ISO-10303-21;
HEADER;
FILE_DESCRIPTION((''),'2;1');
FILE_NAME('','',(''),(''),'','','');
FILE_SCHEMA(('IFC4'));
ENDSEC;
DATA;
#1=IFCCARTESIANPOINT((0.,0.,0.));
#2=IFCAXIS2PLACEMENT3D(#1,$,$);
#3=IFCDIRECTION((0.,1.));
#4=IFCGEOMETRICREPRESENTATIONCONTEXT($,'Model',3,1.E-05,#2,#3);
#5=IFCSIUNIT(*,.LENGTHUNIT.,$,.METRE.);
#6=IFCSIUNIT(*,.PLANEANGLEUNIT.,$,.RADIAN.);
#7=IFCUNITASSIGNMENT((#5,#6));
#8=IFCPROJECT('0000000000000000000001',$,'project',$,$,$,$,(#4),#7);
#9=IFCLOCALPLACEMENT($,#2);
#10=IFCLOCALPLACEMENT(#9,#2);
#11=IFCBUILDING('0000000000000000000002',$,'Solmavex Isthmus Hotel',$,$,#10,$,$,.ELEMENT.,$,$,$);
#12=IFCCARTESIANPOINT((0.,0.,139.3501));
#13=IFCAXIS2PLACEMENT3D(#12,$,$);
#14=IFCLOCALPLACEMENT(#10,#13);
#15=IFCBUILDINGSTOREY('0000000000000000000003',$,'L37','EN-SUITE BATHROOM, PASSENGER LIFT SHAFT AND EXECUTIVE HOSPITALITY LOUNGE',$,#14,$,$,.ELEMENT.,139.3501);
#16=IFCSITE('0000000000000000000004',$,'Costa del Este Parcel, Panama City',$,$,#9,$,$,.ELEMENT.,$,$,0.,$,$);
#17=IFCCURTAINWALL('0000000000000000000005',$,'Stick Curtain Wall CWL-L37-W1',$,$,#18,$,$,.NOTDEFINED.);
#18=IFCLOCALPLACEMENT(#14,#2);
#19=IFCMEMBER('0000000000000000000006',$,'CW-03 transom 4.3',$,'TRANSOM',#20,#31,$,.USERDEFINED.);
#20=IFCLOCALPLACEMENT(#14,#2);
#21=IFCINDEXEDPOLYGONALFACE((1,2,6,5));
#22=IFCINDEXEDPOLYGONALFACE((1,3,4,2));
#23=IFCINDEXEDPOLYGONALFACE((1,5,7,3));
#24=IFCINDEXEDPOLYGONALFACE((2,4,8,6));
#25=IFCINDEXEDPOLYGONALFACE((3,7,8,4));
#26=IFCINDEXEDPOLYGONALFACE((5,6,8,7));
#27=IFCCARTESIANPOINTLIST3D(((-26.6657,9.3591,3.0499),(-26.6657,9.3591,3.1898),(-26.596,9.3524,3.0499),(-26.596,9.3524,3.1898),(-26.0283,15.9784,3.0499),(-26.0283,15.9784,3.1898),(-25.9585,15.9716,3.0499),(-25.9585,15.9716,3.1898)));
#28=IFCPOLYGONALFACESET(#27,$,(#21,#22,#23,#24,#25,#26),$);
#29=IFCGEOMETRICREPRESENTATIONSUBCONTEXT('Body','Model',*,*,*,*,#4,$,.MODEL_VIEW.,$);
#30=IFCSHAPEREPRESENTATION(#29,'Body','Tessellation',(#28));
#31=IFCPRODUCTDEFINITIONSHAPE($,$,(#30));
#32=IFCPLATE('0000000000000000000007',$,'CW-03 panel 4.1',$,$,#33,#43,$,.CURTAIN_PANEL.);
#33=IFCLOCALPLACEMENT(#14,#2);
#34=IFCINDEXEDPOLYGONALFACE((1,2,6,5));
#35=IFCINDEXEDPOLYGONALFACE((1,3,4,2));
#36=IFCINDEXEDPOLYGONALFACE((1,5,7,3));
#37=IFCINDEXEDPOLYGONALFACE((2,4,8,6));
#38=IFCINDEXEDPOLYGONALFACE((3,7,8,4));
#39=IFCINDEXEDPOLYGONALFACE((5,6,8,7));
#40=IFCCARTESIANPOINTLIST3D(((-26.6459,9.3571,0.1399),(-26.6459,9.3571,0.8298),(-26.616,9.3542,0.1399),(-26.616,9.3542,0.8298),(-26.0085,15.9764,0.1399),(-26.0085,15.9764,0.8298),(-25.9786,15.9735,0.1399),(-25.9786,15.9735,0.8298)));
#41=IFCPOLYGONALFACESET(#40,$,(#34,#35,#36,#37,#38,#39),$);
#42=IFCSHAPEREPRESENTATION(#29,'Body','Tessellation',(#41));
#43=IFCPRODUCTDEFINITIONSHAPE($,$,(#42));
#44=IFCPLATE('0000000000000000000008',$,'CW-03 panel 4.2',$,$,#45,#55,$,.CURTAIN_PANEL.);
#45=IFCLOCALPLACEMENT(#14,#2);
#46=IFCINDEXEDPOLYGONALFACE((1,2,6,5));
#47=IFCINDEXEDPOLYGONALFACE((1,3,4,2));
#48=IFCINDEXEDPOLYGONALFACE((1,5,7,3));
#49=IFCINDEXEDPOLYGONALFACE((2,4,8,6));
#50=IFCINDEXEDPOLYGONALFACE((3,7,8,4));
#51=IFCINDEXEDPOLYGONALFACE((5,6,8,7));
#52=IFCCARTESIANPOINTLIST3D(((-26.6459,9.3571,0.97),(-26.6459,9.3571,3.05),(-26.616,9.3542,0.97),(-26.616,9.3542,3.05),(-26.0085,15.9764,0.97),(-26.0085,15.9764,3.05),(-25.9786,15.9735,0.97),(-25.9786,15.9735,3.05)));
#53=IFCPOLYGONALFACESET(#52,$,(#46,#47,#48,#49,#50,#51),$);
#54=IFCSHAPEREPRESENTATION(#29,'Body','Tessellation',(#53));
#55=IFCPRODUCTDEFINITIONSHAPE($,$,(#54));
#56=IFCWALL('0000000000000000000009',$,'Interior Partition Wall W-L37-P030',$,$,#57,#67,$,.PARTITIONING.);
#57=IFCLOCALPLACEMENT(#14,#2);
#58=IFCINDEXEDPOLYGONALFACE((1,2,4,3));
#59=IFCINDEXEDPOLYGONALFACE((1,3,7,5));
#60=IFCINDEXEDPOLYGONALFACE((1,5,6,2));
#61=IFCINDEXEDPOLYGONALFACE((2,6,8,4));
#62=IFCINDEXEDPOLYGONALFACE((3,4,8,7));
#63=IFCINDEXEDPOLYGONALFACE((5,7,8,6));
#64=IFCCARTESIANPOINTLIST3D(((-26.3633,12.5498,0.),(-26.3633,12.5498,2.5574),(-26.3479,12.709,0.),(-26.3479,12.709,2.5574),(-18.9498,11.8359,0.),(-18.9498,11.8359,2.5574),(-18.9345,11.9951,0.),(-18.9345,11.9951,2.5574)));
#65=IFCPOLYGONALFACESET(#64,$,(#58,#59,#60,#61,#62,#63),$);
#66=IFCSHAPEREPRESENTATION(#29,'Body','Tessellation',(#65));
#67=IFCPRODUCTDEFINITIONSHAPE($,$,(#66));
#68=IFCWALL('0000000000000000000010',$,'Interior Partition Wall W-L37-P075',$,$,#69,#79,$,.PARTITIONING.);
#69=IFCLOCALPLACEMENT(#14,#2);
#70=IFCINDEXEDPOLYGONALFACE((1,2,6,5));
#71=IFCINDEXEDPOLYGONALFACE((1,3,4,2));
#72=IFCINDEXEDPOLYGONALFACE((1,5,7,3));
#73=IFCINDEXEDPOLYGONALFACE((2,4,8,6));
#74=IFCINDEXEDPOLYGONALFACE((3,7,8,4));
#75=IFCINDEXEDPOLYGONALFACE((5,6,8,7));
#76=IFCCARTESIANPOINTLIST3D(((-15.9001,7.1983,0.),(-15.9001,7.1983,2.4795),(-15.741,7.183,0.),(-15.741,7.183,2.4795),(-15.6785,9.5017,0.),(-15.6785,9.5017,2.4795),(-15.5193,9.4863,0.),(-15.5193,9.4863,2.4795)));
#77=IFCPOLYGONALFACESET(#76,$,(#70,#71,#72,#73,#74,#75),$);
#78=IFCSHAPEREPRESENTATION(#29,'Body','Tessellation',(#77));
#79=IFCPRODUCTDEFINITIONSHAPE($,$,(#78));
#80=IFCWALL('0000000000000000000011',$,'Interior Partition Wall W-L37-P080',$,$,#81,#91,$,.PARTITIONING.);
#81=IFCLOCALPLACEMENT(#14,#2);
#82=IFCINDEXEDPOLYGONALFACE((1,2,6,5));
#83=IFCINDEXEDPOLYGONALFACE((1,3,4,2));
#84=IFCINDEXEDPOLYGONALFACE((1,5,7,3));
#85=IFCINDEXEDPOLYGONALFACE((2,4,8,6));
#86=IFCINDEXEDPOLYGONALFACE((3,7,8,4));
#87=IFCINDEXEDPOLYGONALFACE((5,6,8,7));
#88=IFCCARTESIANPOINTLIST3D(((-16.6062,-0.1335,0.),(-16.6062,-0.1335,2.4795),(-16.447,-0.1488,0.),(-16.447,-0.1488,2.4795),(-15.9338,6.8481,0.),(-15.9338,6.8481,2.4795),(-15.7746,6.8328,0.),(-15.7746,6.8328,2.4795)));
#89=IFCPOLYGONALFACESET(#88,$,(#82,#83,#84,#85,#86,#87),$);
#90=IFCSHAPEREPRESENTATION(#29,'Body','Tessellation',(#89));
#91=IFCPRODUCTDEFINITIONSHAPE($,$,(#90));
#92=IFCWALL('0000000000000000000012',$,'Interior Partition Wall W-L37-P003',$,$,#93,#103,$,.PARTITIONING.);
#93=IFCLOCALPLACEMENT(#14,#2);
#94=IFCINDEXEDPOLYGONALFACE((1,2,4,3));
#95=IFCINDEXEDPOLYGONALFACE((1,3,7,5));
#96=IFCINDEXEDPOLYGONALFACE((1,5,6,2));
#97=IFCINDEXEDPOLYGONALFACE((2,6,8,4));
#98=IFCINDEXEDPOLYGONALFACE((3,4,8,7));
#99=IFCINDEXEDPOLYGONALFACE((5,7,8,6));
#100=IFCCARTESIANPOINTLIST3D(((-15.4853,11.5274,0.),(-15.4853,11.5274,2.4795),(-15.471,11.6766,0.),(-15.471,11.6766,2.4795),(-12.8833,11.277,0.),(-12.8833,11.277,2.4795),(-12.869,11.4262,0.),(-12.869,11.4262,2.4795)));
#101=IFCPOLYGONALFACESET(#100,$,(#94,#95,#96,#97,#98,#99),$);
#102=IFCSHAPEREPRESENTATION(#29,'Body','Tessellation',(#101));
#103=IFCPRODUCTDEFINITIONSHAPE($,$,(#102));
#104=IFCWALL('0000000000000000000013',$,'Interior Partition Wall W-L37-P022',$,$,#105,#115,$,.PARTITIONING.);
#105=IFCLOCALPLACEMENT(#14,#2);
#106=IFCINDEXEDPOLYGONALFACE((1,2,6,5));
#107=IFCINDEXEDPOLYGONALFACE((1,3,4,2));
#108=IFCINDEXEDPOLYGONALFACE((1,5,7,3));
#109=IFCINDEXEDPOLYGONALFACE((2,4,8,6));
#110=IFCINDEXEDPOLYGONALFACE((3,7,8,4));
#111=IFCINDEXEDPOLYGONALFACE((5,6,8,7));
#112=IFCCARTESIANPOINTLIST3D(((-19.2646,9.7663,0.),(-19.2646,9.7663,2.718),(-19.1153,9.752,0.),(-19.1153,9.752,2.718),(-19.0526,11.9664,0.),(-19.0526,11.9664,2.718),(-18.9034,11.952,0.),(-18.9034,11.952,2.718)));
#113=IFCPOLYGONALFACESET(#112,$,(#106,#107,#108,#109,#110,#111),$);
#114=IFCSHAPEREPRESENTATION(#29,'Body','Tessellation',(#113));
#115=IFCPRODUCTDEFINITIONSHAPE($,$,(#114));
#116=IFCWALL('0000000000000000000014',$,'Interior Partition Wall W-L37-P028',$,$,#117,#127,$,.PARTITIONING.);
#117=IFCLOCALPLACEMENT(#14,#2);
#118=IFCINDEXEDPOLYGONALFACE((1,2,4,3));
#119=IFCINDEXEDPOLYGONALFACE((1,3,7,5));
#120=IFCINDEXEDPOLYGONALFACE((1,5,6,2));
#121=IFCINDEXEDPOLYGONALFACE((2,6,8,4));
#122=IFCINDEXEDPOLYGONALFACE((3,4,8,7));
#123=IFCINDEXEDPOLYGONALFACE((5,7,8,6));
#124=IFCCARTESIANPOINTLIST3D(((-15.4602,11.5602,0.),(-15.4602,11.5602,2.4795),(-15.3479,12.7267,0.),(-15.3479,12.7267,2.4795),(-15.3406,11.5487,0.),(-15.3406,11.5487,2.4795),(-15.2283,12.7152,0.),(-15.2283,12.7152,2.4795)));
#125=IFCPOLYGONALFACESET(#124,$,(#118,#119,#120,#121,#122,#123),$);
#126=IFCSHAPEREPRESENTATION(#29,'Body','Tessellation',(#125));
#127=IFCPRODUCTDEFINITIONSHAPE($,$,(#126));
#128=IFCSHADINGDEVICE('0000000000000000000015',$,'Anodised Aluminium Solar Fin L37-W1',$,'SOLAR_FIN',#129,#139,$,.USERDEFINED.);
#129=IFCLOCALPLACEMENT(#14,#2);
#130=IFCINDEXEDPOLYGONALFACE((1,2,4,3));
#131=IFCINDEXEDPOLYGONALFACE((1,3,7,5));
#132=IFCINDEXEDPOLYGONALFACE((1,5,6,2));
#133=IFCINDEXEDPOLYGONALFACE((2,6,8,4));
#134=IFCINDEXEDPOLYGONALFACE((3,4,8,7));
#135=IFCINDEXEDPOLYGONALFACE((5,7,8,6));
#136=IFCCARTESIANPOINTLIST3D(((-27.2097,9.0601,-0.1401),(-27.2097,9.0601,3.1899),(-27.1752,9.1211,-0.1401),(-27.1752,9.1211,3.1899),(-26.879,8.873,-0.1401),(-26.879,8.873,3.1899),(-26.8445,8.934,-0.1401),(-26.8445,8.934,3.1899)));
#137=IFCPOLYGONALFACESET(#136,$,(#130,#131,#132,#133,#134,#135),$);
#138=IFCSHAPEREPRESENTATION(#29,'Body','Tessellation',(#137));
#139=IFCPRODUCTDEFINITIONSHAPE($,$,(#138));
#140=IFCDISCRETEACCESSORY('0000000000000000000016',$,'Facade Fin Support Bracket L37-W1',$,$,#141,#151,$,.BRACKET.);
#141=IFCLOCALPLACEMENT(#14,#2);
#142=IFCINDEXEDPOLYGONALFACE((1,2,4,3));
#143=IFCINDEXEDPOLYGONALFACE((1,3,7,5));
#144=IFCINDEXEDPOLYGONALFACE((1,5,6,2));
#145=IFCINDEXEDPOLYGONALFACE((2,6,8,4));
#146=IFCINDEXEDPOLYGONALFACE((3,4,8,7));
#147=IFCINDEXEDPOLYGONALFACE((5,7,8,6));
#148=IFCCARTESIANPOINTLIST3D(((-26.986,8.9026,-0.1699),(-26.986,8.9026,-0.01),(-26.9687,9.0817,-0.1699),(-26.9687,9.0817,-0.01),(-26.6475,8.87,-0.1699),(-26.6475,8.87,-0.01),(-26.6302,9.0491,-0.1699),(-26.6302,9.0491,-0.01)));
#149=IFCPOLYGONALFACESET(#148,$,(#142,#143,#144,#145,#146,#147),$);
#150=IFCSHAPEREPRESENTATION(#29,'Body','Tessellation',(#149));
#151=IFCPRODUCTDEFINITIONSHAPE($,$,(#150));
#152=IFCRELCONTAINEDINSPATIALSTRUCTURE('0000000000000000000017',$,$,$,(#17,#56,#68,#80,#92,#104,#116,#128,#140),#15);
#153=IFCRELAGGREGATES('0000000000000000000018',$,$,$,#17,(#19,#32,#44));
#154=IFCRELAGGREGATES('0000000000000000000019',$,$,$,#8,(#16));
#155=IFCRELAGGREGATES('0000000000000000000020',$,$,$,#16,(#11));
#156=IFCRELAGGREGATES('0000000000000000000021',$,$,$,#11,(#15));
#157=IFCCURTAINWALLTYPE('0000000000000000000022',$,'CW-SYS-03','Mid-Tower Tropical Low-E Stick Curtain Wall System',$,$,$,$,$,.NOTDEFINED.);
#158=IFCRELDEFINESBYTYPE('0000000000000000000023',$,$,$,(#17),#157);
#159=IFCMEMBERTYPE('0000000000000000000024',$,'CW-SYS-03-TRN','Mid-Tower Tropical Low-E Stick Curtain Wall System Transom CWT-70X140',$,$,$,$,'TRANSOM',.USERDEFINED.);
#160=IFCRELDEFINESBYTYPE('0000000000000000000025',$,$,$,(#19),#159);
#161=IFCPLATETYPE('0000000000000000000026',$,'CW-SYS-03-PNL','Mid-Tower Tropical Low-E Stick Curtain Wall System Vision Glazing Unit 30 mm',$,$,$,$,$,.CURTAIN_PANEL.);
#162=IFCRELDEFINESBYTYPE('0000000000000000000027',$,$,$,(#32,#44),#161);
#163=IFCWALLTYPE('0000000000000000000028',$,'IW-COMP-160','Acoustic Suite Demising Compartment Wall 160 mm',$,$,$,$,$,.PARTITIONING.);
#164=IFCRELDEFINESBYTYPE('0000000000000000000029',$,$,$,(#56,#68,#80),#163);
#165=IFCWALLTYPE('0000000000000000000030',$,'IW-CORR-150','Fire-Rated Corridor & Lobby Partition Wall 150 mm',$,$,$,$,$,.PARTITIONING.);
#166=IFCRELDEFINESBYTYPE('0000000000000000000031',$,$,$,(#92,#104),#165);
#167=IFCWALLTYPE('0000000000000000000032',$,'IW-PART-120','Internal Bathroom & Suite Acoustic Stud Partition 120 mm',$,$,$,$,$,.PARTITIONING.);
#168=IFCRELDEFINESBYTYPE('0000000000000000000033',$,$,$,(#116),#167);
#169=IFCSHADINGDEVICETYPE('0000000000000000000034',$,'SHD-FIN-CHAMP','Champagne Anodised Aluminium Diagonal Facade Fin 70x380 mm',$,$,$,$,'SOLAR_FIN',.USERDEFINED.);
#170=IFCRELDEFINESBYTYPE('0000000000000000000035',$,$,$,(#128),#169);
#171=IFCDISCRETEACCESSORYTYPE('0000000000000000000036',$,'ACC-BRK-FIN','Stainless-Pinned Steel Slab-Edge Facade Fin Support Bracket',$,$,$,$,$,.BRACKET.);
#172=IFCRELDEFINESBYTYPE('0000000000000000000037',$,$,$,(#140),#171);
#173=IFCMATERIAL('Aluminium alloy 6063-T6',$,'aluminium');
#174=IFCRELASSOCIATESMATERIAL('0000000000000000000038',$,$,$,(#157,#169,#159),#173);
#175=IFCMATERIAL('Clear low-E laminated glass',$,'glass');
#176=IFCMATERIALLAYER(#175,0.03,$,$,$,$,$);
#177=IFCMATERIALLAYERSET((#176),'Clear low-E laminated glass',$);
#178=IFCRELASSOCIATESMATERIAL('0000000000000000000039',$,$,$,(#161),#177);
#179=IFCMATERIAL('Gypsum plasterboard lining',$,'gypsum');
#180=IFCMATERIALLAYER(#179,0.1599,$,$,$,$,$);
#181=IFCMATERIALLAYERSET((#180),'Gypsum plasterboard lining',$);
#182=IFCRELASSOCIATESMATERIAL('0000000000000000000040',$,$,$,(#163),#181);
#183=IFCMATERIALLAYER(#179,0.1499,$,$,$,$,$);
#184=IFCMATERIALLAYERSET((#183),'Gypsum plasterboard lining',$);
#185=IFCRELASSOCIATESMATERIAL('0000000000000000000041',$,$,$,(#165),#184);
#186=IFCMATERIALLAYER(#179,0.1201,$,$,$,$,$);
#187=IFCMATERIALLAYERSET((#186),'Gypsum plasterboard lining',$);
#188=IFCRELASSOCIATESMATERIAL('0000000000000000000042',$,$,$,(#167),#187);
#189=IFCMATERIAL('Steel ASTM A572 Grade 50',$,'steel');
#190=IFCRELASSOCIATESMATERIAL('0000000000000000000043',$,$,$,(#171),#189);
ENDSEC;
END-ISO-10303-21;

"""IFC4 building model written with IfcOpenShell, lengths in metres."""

from ifc_helpers import new_model, si_unit, direction, frame, frame_2d, origin, origin_2d, place, context, subcontext, project, spatial, rectangle, extrude, material, layer, layer_set, material_profile, profile_set, type_object, element, aggregate, save


model = new_model("IFC4")

# Units and contexts
model_context = context("Model", 3, precision=1e-05, world=origin(), true_north=direction((0.0, 1.0)))
body_context = subcontext(model_context, "Body", "Model", "MODEL_VIEW")
ifc_project = project(units=[si_unit("LENGTHUNIT", "METRE"), si_unit("PLANEANGLEUNIT", "RADIAN")], contexts=[model_context])

# Site, building, storey
site_placement = place(None, origin())
site = spatial("IfcSite", under=ifc_project, at=site_placement, Name="Costa del Este Parcel, Panama City", CompositionType="ELEMENT", RefElevation=0.0)
building_placement = place(site_placement, origin())
building = spatial("IfcBuilding", under=site, at=building_placement, Name="Solmavex Isthmus Hotel", CompositionType="ELEMENT")
storey_placement = place(building_placement, frame((0.0, 0.0, 139.3501)))
storey = spatial("IfcBuildingStorey", under=building, at=storey_placement, Name="L37", Description="EN-SUITE BATHROOM, PASSENGER LIFT SHAFT AND EXECUTIVE HOSPITALITY LOUNGE", CompositionType="ELEMENT", Elevation=139.3501)

# Curtain wall, member, plates
ifc_material_1 = material(Name="Aluminium alloy 6063-T6", Category="aluminium")
curtain_wall_type = type_object("IfcCurtainWallType", Name="CW-SYS-03", Description="Mid-Tower Tropical Low-E Stick Curtain Wall System", PredefinedType="NOTDEFINED", material=ifc_material_1)
curtain_wall_placement = place(storey_placement, origin())
curtain_wall = element("IfcCurtainWall", 1, at=curtain_wall_placement, inside=storey, type_object=curtain_wall_type, Name="Stick Curtain Wall CWL-L37-W1", PredefinedType="NOTDEFINED")
ifc_material_profile_1 = material_profile(ifc_material_1, rectangle(XDim=0.0701, YDim=0.1399, at=origin_2d()), Name="CWT-70X140")
ifc_profile_set_1 = profile_set([ifc_material_profile_1], Name="Aluminium alloy 6063-T6")
member_type_1 = type_object("IfcMemberType", Name="CW-SYS-03-TRN", Description="Mid-Tower Tropical Low-E Stick Curtain Wall System Transom CWT-70X140", ElementType="TRANSOM", PredefinedType="USERDEFINED", material=ifc_profile_set_1)
member_1_placement = place(storey_placement, frame((-26.6309, 9.3557, 3.1199), z_axis=(0.095857, 0.995395, 0.0), x_axis=(-0.995395, 0.095857, 0.0)))
member_1 = element("IfcMember", 2, at=member_1_placement, type_object=member_type_1, Name="CW-03 transom 4.3", ObjectType="TRANSOM", PredefinedType="USERDEFINED", context=body_context, shape_type="SweptSolid", body=[
    extrude(rectangle(XDim=0.0701, YDim=0.1399, at=origin_2d()), origin(), (0.0, 0.0, 1.0), 6.6499),
])
ifc_material_2 = material(Name="Clear low-E laminated glass", Category="glass")
ifc_layer_1 = layer(ifc_material_2, 0.03)
ifc_layer_set_1 = layer_set([ifc_layer_1], Name="Clear low-E laminated glass")
plate_type = type_object("IfcPlateType", Name="CW-SYS-03-PNL", Description="Mid-Tower Tropical Low-E Stick Curtain Wall System Vision Glazing Unit 30 mm", PredefinedType="CURTAIN_PANEL", material=ifc_layer_set_1)
plate_1_placement = place(storey_placement, frame((-26.3123, 12.6653, 0.1399), z_axis=(0.0, 0.0, 1.0), x_axis=(0.095846, 0.995396, 0.0)))
plate_1 = element("IfcPlate", 3, at=plate_1_placement, type_object=plate_type, Name="CW-03 panel 4.1", PredefinedType="CURTAIN_PANEL", context=body_context, shape_type="SweptSolid", body=[
    extrude(rectangle(XDim=6.6499, YDim=0.03, at=origin_2d()), origin(), (0.0, 0.0, 1.0), 0.6899),
])
plate_2_placement = place(storey_placement, frame((-26.3123, 12.6653, 0.97), z_axis=(0.0, 0.0, 1.0), x_axis=(0.095846, 0.995396, 0.0)))
plate_2 = element("IfcPlate", 4, at=plate_2_placement, type_object=plate_type, Name="CW-03 panel 4.2", PredefinedType="CURTAIN_PANEL", context=body_context, shape_type="SweptSolid", body=[
    extrude(rectangle(XDim=6.6499, YDim=0.03, at=origin_2d()), origin(), (0.0, 0.0, 1.0), 2.0801),
])
aggregate(curtain_wall, [member_1, plate_1, plate_2])

# Walls
ifc_material_3 = material(Name="Gypsum plasterboard lining", Category="gypsum")
ifc_layer_2 = layer(ifc_material_3, 0.1599)
ifc_layer_set_2 = layer_set([ifc_layer_2], Name="Gypsum plasterboard lining")
wall_type_1 = type_object("IfcWallType", Name="IW-COMP-160", Description="Acoustic Suite Demising Compartment Wall 160 mm", PredefinedType="PARTITIONING", material=ifc_layer_set_2)
wall_1_placement = place(storey_placement, frame((-18.9421, 11.9155, 0.0), z_axis=(0.0, 0.0, 1.0), x_axis=(-0.995396, 0.095849, 0.0)))
element("IfcWall", 5, at=wall_1_placement, inside=storey, type_object=wall_type_1, Name="Interior Partition Wall W-L37-P030", PredefinedType="PARTITIONING", context=body_context, shape_type="SweptSolid", body=[
    extrude(rectangle(XDim=7.4478, YDim=0.1599, at=frame_2d((3.7239, 0.0))), origin(), (0.0, 0.0, 1.0), 2.5574),
])
wall_2_placement = place(storey_placement, frame((-15.8206, 7.1907, 0.0), z_axis=(0.0, 0.0, 1.0), x_axis=(0.095805, 0.9954, 0.0)))
element("IfcWall", 6, at=wall_2_placement, inside=storey, type_object=wall_type_1, Name="Interior Partition Wall W-L37-P075", PredefinedType="PARTITIONING", context=body_context, shape_type="SweptSolid", body=[
    extrude(rectangle(XDim=2.314, YDim=0.1599, at=frame_2d((1.157, 0.0))), origin(), (0.0, 0.0, 1.0), 2.4795),
])
wall_3_placement = place(storey_placement, frame((-15.8542, 6.8403, 0.0), z_axis=(0.0, 0.0, 1.0), x_axis=(-0.09586, -0.995395, 0.0)))
element("IfcWall", 7, at=wall_3_placement, inside=storey, type_object=wall_type_1, Name="Interior Partition Wall W-L37-P080", PredefinedType="PARTITIONING", context=body_context, shape_type="SweptSolid", body=[
    extrude(rectangle(XDim=7.0139, YDim=0.1599, at=frame_2d((3.5068, 0.0))), origin(), (0.0, 0.0, 1.0), 2.4795),
])

# Shared definitions
ifc_layer_3 = layer(ifc_material_3, 0.1499)
ifc_layer_set_3 = layer_set([ifc_layer_3], Name="Gypsum plasterboard lining")
wall_type_2 = type_object("IfcWallType", Name="IW-CORR-150", Description="Fire-Rated Corridor & Lobby Partition Wall 150 mm", PredefinedType="PARTITIONING", material=ifc_layer_set_3)

# Wall
wall_4_placement = place(storey_placement, frame((-15.4783, 11.6021, 0.0), z_axis=(0.0, 0.0, 1.0), x_axis=(0.995398, -0.095823, 0.0)))
element("IfcWall", 8, at=wall_4_placement, inside=storey, type_object=wall_type_2, Name="Interior Partition Wall W-L37-P003", PredefinedType="PARTITIONING", context=body_context, shape_type="SweptSolid", body=[
    extrude(rectangle(XDim=2.614, YDim=0.1499, at=frame_2d((1.3071, 0.0))), origin(), (0.0, 0.0, 1.0), 2.4795),
])

# Walls
wall_5_placement = place(storey_placement, frame((-19.1899, 9.7593, 0.0), z_axis=(0.0, 0.0, 1.0), x_axis=(0.095883, 0.995393, 0.0)))
element("IfcWall", 9, at=wall_5_placement, inside=storey, type_object=wall_type_2, Name="Interior Partition Wall W-L37-P022", PredefinedType="PARTITIONING", context=body_context, shape_type="SweptSolid", body=[
    extrude(rectangle(XDim=2.2102, YDim=0.1499, at=frame_2d((1.105, 0.0))), origin(), (0.0, 0.0, 1.0), 2.718),
])
ifc_layer_4 = layer(ifc_material_3, 0.1201)
ifc_layer_set_4 = layer_set([ifc_layer_4], Name="Gypsum plasterboard lining")
wall_type_3 = type_object("IfcWallType", Name="IW-PART-120", Description="Internal Bathroom & Suite Acoustic Stud Partition 120 mm", PredefinedType="PARTITIONING", material=ifc_layer_set_4)
wall_6_placement = place(storey_placement, frame((-15.2881, 12.7209, 0.0), z_axis=(0.0, 0.0, 1.0), x_axis=(-0.095831, -0.995398, 0.0)))
element("IfcWall", 10, at=wall_6_placement, inside=storey, type_object=wall_type_3, Name="Interior Partition Wall W-L37-P028", PredefinedType="PARTITIONING", context=body_context, shape_type="SweptSolid", body=[
    extrude(rectangle(XDim=1.1719, YDim=0.1201, at=frame_2d((0.5859, 0.0))), origin(), (0.0, 0.0, 1.0), 2.4795),
])

# Shading device
shading_device_type = type_object("IfcShadingDeviceType", Name="SHD-FIN-CHAMP", Description="Champagne Anodised Aluminium Diagonal Facade Fin 70x380 mm", ElementType="SOLAR_FIN", PredefinedType="USERDEFINED", material=ifc_material_1)
shading_device_placement = place(storey_placement, frame((-27.0271, 8.9971, -0.1401), z_axis=(0.0, 0.0, 1.0), x_axis=(-0.870356, 0.492424, 0.0)))
element("IfcShadingDevice", 11, at=shading_device_placement, inside=storey, type_object=shading_device_type, Name="Anodised Aluminium Solar Fin L37-W1", ObjectType="SOLAR_FIN", PredefinedType="USERDEFINED", context=body_context, shape_type="SweptSolid", body=[
    extrude(rectangle(XDim=0.3799, YDim=0.0701, at=origin_2d()), origin(), (0.0, 0.0, 1.0), 3.3301),
])

# Discrete accessory
ifc_material_4 = material(Name="Steel ASTM A572 Grade 50", Category="steel")
discrete_accessory_type = type_object("IfcDiscreteAccessoryType", Name="ACC-BRK-FIN", Description="Stainless-Pinned Steel Slab-Edge Facade Fin Support Bracket", PredefinedType="BRACKET", material=ifc_material_4)
discrete_accessory_placement = place(storey_placement, frame((-26.8081, 8.9758, -0.1699), z_axis=(0.0, 0.0, 1.0), x_axis=(-0.995396, 0.095846, 0.0)))
element("IfcDiscreteAccessory", 12, at=discrete_accessory_placement, inside=storey, type_object=discrete_accessory_type, Name="Facade Fin Support Bracket L37-W1", PredefinedType="BRACKET", context=body_context, shape_type="SweptSolid", body=[
    extrude(rectangle(XDim=0.3401, YDim=0.1799, at=origin_2d()), origin(), (0.0, 0.0, 1.0), 0.1599),
])

save(model, "model.ifc")
